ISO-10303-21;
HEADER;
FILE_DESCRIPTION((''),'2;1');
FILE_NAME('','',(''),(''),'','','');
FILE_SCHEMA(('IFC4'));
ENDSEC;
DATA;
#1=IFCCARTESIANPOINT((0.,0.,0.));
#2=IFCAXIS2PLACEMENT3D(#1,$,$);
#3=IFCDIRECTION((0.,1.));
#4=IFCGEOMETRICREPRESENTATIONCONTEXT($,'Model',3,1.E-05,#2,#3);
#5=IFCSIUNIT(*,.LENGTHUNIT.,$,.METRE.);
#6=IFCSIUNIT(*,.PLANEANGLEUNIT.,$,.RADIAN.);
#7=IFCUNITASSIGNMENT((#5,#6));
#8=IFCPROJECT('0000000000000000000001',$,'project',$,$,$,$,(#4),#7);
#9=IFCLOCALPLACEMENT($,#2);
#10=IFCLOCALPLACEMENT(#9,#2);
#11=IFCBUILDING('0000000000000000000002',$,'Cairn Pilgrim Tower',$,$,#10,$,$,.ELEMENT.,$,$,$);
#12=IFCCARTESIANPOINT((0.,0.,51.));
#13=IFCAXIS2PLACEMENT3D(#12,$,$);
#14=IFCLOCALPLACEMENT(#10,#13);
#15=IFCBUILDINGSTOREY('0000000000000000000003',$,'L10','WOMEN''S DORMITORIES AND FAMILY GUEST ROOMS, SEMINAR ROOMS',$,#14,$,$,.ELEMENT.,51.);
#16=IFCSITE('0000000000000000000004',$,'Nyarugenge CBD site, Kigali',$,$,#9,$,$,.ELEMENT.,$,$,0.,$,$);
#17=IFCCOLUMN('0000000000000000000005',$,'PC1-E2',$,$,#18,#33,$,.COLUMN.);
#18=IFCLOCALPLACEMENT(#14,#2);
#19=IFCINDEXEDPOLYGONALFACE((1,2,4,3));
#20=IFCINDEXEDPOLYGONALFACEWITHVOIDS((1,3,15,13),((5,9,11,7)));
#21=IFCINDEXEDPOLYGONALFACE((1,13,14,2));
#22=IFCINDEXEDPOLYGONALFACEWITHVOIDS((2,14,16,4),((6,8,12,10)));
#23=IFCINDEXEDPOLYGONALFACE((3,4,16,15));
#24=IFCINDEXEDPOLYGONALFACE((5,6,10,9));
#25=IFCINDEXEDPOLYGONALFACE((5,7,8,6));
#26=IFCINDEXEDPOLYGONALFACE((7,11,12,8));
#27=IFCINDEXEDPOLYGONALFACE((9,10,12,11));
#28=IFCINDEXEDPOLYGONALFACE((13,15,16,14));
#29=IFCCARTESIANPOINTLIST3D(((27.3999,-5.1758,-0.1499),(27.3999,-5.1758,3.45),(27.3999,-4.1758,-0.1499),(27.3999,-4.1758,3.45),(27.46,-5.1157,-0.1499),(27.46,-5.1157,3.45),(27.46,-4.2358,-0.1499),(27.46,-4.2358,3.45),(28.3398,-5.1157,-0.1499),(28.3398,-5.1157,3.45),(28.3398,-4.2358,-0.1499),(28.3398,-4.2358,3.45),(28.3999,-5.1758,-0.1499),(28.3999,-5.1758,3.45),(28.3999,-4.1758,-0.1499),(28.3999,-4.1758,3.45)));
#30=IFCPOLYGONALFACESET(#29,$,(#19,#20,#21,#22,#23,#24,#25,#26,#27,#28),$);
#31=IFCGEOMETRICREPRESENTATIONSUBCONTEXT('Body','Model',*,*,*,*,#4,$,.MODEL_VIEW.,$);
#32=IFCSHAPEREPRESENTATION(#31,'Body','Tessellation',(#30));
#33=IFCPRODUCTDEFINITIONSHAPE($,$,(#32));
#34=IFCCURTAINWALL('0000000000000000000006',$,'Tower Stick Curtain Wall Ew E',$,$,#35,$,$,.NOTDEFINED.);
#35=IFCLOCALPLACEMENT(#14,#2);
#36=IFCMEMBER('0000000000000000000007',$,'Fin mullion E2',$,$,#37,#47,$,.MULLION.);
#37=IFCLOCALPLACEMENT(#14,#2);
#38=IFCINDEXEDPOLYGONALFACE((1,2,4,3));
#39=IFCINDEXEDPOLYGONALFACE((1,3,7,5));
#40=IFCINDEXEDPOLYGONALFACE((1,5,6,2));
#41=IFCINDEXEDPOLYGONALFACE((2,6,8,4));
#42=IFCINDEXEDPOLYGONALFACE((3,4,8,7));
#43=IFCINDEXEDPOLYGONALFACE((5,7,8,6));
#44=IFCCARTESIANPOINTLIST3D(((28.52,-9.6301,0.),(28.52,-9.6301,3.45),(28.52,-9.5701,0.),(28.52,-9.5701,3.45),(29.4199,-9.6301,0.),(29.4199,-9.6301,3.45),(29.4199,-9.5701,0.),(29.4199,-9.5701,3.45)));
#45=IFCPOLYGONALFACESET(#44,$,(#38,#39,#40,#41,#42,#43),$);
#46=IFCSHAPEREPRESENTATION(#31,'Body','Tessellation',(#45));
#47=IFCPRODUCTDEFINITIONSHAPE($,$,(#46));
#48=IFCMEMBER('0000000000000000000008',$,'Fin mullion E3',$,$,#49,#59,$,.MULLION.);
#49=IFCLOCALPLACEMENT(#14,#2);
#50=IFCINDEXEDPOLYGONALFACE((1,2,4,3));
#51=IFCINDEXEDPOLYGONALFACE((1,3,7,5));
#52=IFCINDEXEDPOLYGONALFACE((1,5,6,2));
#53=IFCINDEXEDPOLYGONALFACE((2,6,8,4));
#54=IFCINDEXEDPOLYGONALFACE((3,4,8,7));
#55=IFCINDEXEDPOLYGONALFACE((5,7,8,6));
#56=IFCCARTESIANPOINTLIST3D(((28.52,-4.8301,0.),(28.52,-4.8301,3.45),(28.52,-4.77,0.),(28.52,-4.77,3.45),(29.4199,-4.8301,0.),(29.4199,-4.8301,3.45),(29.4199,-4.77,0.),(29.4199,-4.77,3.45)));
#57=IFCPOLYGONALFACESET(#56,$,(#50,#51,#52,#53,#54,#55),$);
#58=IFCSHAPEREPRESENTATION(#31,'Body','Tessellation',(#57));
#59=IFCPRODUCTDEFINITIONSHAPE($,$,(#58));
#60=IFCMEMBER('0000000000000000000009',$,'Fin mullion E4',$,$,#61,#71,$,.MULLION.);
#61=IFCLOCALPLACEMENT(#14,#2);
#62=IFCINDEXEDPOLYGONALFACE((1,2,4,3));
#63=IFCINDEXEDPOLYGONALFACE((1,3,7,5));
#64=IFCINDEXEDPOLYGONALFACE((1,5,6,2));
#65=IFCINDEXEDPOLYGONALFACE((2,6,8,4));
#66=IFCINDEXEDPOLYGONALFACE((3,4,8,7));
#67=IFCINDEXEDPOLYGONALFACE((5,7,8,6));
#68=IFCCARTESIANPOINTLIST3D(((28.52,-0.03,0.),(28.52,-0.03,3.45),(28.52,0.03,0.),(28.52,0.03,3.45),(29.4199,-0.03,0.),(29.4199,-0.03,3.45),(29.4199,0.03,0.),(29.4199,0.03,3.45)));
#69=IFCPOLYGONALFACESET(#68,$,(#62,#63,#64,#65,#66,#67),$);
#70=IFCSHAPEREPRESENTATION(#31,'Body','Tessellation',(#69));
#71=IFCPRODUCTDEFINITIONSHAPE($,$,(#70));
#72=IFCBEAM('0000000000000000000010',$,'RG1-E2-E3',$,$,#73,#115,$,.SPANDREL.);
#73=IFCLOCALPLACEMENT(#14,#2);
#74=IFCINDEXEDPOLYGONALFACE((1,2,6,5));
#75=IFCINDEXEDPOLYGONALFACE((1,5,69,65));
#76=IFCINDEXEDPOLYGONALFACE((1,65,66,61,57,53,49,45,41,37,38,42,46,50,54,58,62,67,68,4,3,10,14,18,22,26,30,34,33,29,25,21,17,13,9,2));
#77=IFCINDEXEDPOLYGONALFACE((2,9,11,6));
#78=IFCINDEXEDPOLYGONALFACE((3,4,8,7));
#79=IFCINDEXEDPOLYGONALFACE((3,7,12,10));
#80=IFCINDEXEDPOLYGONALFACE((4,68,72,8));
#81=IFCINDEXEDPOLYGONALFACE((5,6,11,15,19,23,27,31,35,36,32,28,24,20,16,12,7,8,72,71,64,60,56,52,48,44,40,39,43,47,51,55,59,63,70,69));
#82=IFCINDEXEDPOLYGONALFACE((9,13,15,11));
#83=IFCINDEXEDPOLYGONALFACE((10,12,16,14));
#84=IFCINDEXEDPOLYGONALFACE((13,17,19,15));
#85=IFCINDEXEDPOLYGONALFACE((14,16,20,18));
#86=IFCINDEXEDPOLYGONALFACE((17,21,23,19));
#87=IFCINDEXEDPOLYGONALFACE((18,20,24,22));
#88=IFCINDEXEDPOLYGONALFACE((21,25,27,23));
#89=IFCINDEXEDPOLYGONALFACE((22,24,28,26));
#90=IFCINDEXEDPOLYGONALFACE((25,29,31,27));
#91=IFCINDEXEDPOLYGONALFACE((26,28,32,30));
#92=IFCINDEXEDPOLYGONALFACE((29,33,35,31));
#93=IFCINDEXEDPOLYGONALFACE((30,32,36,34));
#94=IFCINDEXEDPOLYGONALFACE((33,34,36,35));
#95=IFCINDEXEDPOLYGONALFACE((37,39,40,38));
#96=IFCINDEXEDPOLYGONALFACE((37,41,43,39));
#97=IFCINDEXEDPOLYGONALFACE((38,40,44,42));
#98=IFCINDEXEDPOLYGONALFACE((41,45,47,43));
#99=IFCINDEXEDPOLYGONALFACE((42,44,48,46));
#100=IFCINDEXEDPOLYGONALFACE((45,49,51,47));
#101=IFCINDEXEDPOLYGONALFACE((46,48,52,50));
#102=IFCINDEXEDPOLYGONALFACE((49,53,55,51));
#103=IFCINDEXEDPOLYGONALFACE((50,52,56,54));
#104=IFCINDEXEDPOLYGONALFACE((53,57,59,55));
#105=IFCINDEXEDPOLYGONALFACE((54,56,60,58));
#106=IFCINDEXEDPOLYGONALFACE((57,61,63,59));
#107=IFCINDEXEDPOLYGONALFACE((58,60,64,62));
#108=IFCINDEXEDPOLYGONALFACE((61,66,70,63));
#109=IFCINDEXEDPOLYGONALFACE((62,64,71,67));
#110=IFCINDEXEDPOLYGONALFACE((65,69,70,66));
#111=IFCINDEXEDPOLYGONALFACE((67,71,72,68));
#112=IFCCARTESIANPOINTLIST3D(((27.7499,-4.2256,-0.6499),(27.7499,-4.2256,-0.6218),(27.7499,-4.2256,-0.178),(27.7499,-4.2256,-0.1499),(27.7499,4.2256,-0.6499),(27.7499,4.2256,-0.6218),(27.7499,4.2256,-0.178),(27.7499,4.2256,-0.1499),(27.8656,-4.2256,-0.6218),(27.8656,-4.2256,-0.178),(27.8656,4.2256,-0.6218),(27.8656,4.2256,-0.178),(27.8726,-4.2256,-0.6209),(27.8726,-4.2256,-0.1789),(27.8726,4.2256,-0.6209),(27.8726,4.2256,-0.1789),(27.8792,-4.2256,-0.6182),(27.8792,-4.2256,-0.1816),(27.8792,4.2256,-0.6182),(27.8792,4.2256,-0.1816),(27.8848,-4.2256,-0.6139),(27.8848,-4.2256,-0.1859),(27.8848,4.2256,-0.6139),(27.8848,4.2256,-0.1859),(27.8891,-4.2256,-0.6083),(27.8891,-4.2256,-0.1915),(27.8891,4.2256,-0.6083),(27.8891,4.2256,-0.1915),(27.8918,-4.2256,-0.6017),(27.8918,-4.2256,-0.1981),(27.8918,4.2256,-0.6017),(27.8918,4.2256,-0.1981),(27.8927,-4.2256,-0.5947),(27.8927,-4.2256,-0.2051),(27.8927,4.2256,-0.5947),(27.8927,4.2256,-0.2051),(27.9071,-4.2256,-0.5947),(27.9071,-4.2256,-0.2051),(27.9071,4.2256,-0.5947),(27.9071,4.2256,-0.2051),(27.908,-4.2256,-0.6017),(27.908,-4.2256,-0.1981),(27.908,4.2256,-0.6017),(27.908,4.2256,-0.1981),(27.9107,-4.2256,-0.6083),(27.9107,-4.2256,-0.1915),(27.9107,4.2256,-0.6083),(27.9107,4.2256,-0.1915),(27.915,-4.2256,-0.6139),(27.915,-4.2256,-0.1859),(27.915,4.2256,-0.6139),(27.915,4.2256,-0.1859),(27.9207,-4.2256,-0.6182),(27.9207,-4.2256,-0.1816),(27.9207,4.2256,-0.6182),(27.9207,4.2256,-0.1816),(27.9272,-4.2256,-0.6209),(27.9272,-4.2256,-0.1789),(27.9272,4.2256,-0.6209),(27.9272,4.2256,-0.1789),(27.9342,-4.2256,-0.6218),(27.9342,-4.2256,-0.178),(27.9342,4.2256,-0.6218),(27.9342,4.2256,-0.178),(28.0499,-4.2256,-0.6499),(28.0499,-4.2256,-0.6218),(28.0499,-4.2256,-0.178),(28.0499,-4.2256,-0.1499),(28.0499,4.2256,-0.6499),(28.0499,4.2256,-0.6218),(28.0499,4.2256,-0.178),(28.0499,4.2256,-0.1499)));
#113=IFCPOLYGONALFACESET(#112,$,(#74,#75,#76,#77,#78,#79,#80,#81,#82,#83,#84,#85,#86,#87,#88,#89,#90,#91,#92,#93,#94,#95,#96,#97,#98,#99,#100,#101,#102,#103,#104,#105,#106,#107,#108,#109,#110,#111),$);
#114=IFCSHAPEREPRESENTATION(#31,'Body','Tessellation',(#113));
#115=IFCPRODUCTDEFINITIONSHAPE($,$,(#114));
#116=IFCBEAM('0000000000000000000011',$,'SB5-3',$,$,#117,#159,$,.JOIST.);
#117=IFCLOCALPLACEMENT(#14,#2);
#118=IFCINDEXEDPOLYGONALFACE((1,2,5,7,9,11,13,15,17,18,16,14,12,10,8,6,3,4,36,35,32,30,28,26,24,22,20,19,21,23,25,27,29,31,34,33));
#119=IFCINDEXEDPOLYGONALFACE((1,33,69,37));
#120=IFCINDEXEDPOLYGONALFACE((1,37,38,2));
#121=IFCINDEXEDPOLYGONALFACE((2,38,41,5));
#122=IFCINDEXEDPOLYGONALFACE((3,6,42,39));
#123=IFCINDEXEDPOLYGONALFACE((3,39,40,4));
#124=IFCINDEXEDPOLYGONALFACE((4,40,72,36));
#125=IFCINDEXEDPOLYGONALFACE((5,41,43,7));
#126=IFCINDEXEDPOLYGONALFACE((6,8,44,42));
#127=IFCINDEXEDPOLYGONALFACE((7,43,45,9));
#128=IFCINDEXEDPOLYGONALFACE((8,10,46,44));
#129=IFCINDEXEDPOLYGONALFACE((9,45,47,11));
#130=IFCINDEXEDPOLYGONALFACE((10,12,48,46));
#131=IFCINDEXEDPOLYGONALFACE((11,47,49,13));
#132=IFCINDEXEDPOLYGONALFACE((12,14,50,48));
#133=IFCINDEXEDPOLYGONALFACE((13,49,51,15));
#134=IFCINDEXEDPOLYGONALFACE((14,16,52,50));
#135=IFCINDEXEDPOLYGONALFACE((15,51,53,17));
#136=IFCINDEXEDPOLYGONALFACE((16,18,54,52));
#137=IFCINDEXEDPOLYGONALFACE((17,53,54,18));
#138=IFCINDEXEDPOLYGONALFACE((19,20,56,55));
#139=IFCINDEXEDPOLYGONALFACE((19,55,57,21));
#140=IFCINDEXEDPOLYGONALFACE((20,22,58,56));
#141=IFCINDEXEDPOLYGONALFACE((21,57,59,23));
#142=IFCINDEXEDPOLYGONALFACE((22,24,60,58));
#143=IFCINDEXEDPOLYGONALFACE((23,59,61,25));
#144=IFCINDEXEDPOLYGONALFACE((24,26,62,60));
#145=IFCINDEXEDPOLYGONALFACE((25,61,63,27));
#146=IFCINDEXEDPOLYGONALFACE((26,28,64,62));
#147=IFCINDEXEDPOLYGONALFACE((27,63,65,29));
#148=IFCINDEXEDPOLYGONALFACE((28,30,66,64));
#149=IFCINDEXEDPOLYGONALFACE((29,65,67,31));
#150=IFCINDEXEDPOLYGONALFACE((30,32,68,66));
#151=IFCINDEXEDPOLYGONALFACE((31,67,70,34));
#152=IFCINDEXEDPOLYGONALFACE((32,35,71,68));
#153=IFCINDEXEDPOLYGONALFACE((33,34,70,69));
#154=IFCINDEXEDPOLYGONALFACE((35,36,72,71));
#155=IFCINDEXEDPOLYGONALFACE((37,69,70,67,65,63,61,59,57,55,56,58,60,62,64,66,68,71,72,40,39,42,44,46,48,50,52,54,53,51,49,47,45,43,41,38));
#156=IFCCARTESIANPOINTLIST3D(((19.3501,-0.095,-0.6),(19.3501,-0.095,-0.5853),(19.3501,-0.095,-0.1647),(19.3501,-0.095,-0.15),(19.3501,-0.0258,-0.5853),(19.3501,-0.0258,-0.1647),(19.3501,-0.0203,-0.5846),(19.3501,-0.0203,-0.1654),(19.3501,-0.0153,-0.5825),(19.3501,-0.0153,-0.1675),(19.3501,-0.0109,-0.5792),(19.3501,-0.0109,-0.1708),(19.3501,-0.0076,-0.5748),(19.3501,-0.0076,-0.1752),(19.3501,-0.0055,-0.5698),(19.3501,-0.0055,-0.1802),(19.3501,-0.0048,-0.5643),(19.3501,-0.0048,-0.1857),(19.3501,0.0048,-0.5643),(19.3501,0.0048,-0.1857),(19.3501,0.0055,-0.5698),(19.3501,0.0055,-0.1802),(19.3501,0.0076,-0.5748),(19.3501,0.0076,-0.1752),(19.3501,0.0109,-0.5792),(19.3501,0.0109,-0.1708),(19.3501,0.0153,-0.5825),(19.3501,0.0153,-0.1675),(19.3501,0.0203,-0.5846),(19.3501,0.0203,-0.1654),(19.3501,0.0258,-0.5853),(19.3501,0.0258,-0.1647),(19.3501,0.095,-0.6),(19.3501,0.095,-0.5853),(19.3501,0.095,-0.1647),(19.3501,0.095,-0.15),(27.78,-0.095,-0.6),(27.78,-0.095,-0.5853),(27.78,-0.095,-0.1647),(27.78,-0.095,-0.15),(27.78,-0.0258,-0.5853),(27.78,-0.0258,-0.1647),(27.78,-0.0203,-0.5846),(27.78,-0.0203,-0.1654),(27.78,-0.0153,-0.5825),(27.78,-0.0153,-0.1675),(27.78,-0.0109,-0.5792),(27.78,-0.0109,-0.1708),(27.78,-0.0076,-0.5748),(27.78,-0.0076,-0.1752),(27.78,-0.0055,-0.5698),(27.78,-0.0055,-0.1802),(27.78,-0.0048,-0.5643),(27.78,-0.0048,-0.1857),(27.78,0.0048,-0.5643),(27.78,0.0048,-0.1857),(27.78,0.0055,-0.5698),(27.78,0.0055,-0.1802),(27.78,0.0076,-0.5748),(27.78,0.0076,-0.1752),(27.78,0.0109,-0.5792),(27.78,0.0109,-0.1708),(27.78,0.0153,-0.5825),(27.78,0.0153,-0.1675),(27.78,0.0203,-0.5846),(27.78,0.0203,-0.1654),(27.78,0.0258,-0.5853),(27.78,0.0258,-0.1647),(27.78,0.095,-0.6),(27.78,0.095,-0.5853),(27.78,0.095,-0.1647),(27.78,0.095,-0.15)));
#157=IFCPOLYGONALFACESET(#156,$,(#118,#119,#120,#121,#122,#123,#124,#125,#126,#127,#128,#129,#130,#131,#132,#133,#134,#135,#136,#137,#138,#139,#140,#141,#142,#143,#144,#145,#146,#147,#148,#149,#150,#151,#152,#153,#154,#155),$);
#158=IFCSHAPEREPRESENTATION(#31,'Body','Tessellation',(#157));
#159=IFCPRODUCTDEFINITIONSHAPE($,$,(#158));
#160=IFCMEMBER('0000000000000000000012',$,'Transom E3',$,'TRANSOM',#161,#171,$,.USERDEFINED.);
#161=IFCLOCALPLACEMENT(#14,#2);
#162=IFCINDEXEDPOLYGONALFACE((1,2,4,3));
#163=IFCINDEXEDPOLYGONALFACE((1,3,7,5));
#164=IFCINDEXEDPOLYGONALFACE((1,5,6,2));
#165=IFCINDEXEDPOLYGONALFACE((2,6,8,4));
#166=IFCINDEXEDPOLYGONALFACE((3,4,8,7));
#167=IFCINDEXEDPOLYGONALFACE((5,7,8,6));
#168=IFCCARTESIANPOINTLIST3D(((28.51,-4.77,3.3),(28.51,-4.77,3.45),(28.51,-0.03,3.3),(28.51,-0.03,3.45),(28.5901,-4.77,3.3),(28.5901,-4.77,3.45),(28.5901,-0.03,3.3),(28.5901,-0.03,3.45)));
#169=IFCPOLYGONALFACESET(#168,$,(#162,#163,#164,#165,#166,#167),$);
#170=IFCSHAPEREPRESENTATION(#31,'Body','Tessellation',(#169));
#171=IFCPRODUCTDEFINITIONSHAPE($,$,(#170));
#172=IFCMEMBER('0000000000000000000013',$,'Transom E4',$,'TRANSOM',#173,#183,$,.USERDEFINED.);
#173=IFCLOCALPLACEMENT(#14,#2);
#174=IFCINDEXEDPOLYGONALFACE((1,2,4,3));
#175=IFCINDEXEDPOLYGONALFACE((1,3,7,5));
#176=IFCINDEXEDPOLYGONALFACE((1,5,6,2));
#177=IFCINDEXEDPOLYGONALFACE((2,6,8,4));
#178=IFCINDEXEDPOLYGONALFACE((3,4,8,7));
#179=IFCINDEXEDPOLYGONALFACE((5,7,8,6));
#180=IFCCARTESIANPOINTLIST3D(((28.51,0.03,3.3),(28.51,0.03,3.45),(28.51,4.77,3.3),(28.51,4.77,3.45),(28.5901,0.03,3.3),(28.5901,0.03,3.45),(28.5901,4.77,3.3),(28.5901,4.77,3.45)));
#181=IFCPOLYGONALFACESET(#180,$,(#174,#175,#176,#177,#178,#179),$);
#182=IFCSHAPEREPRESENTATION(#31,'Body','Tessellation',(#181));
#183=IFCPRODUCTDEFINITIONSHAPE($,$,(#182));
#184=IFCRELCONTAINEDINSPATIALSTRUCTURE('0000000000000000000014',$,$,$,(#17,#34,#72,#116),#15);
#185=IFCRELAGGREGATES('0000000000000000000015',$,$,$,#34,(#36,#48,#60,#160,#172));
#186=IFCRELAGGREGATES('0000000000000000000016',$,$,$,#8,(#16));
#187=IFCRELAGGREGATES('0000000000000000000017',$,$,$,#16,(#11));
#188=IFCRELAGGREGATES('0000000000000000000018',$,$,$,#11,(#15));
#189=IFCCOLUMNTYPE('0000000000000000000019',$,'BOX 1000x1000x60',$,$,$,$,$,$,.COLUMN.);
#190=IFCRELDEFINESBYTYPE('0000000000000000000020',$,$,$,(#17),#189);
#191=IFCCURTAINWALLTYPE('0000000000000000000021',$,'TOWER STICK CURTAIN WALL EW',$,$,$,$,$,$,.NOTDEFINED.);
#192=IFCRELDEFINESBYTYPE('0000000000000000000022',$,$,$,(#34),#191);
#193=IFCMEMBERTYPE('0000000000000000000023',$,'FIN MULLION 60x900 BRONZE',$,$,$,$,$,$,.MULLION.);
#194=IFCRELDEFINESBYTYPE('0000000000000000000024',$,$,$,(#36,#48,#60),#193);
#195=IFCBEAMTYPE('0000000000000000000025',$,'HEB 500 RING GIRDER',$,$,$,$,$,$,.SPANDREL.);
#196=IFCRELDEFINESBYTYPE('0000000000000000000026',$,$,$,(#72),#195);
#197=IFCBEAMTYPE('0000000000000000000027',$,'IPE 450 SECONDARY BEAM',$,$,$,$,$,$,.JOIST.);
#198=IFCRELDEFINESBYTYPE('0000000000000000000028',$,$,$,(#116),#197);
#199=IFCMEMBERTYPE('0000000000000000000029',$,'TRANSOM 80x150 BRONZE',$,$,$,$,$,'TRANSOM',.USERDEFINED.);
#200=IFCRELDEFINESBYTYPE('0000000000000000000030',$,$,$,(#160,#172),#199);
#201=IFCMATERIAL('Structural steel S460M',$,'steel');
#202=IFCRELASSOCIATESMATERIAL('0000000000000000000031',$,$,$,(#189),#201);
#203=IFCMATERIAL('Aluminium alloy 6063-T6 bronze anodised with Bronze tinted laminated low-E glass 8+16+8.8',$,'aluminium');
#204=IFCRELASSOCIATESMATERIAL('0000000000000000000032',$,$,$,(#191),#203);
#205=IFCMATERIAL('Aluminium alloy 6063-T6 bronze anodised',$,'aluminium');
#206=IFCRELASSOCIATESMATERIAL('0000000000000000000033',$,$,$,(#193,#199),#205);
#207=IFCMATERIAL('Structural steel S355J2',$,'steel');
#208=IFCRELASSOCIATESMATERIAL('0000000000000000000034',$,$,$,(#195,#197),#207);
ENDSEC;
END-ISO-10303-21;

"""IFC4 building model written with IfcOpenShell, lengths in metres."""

from ifc_helpers import new_model, si_unit, direction, frame, origin, origin_2d, place, context, subcontext, project, spatial, rectangle, hollow_rectangle, i_section, extrude, material, material_profile, profile_set, type_object, element, aggregate, save


model = new_model("IFC4")

# Units and contexts
model_context = context("Model", 3, precision=1e-05, world=origin(), true_north=direction((0.0, 1.0)))
body_context = subcontext(model_context, "Body", "Model", "MODEL_VIEW")
ifc_project = project(units=[si_unit("LENGTHUNIT", "METRE"), si_unit("PLANEANGLEUNIT", "RADIAN")], contexts=[model_context])

# Site, building, storey
site_placement = place(None, origin())
site = spatial("IfcSite", under=ifc_project, at=site_placement, Name="Nyarugenge CBD site, Kigali", CompositionType="ELEMENT", RefElevation=0.0)
building_placement = place(site_placement, origin())
building = spatial("IfcBuilding", under=site, at=building_placement, Name="Cairn Pilgrim Tower", CompositionType="ELEMENT")
storey_placement = place(building_placement, frame((0.0, 0.0, 51.0)))
storey = spatial("IfcBuildingStorey", under=building, at=storey_placement, Name="L10", Description="WOMEN'S DORMITORIES AND FAMILY GUEST ROOMS, SEMINAR ROOMS", CompositionType="ELEMENT", Elevation=51.0)

# Column
ifc_material_1 = material(Name="Structural steel S460M", Category="steel")
ifc_material_profile_1 = material_profile(ifc_material_1, hollow_rectangle(XDim=1.0, YDim=1.0, WallThickness=0.0601, at=origin_2d()), Name="BOX 1000x1000x60")
ifc_profile_set_1 = profile_set([ifc_material_profile_1], Name="Structural steel S460M")
column_type = type_object("IfcColumnType", Name="BOX 1000x1000x60", PredefinedType="COLUMN", material=ifc_profile_set_1)
column_placement = place(storey_placement, frame((27.8999, -4.6758, -0.1499), z_axis=(0.0, 0.0, 1.0), x_axis=(1.0, 0.0, 0.0)))
element("IfcColumn", 1, at=column_placement, inside=storey, type_object=column_type, Name="PC1-E2", PredefinedType="COLUMN", context=body_context, shape_type="SweptSolid", body=[
    extrude(hollow_rectangle(XDim=1.0, YDim=1.0, WallThickness=0.0601, at=origin_2d()), origin(), (0.0, 0.0, 1.0), 3.5999),
])

# Curtain wall, members
ifc_material_2 = material(Name="Aluminium alloy 6063-T6 bronze anodised with Bronze tinted laminated low-E glass 8+16+8.8", Category="aluminium")
curtain_wall_type = type_object("IfcCurtainWallType", Name="TOWER STICK CURTAIN WALL EW", PredefinedType="NOTDEFINED", material=ifc_material_2)
curtain_wall_placement = place(storey_placement, origin())
curtain_wall = element("IfcCurtainWall", 2, at=curtain_wall_placement, inside=storey, type_object=curtain_wall_type, Name="Tower Stick Curtain Wall Ew E", PredefinedType="NOTDEFINED")
ifc_material_3 = material(Name="Aluminium alloy 6063-T6 bronze anodised", Category="aluminium")
ifc_material_profile_2 = material_profile(ifc_material_3, rectangle(XDim=0.8999, YDim=0.0601, at=origin_2d()), Name="FIN MULLION 60x900 BRONZE")
ifc_profile_set_2 = profile_set([ifc_material_profile_2], Name="Aluminium alloy 6063-T6 bronze anodised")
member_type_1 = type_object("IfcMemberType", Name="FIN MULLION 60x900 BRONZE", PredefinedType="MULLION", material=ifc_profile_set_2)
member_1_placement = place(storey_placement, frame((28.97, -9.6001, 0.0), z_axis=(0.0, 0.0, 1.0), x_axis=(1.0, 0.0, 0.0)))
member_1 = element("IfcMember", 3, at=member_1_placement, type_object=member_type_1, Name="Fin mullion E2", PredefinedType="MULLION", context=body_context, shape_type="SweptSolid", body=[
    extrude(rectangle(XDim=0.8999, YDim=0.0601, at=origin_2d()), origin(), (0.0, 0.0, 1.0), 3.45),
])
member_2_placement = place(storey_placement, frame((28.97, -4.8, 0.0), z_axis=(0.0, 0.0, 1.0), x_axis=(1.0, 0.0, 0.0)))
member_2 = element("IfcMember", 4, at=member_2_placement, type_object=member_type_1, Name="Fin mullion E3", PredefinedType="MULLION", context=body_context, shape_type="SweptSolid", body=[
    extrude(rectangle(XDim=0.8999, YDim=0.0601, at=origin_2d()), origin(), (0.0, 0.0, 1.0), 3.45),
])
member_3_placement = place(storey_placement, frame((28.97, 0.0, 0.0), z_axis=(0.0, 0.0, 1.0), x_axis=(1.0, 0.0, 0.0)))
member_3 = element("IfcMember", 5, at=member_3_placement, type_object=member_type_1, Name="Fin mullion E4", PredefinedType="MULLION", context=body_context, shape_type="SweptSolid", body=[
    extrude(rectangle(XDim=0.8999, YDim=0.0601, at=origin_2d()), origin(), (0.0, 0.0, 1.0), 3.45),
])

# Beams
ifc_material_4 = material(Name="Structural steel S355J2", Category="steel")
ifc_material_profile_3 = material_profile(ifc_material_4, i_section(OverallWidth=0.3, OverallDepth=0.5, WebThickness=0.0144, FlangeThickness=0.0281, FilletRadius=0.0271, at=origin_2d()), Name="HEB 500")
ifc_profile_set_3 = profile_set([ifc_material_profile_3], Name="Structural steel S355J2")
beam_type_1 = type_object("IfcBeamType", Name="HEB 500 RING GIRDER", PredefinedType="SPANDREL", material=ifc_profile_set_3)
beam_1_placement = place(storey_placement, frame((27.8999, -4.2256, -0.3999), z_axis=(0.0, 1.0, 0.0), x_axis=(-1.0, 0.0, 0.0)))
element("IfcBeam", 6, at=beam_1_placement, inside=storey, type_object=beam_type_1, Name="RG1-E2-E3", PredefinedType="SPANDREL", context=body_context, shape_type="SweptSolid", body=[
    extrude(i_section(OverallWidth=0.3, OverallDepth=0.5, WebThickness=0.0144, FlangeThickness=0.0281, FilletRadius=0.0271, at=origin_2d()), origin(), (0.0, 0.0, 1.0), 8.4512),
])
ifc_material_profile_4 = material_profile(ifc_material_4, i_section(OverallWidth=0.1899, OverallDepth=0.45, WebThickness=0.0095, FlangeThickness=0.0146, FilletRadius=0.021, at=origin_2d()), Name="IPE 450")
ifc_profile_set_4 = profile_set([ifc_material_profile_4], Name="Structural steel S355J2")
beam_type_2 = type_object("IfcBeamType", Name="IPE 450 SECONDARY BEAM", PredefinedType="JOIST", material=ifc_profile_set_4)
beam_2_placement = place(storey_placement, frame((19.3501, 0.0, -0.375), z_axis=(1.0, 0.0, 0.0), x_axis=(0.0, 1.0, 0.0)))
element("IfcBeam", 7, at=beam_2_placement, inside=storey, type_object=beam_type_2, Name="SB5-3", PredefinedType="JOIST", context=body_context, shape_type="SweptSolid", body=[
    extrude(i_section(OverallWidth=0.1899, OverallDepth=0.45, WebThickness=0.0095, FlangeThickness=0.0146, FilletRadius=0.021, at=origin_2d()), origin(), (0.0, 0.0, 1.0), 8.4299),
])

# Members
ifc_material_profile_5 = material_profile(ifc_material_3, rectangle(XDim=0.0801, YDim=0.1499, at=origin_2d()), Name="TRANSOM 80x150 BRONZE")
ifc_profile_set_5 = profile_set([ifc_material_profile_5], Name="Aluminium alloy 6063-T6 bronze anodised")
member_type_2 = type_object("IfcMemberType", Name="TRANSOM 80x150 BRONZE", ElementType="TRANSOM", PredefinedType="USERDEFINED", material=ifc_profile_set_5)
member_4_placement = place(storey_placement, frame((28.55, -4.77, 3.375), z_axis=(0.0, 1.0, 0.0), x_axis=(-1.0, 0.0, 0.0)))
member_4 = element("IfcMember", 8, at=member_4_placement, type_object=member_type_2, Name="Transom E3", ObjectType="TRANSOM", PredefinedType="USERDEFINED", context=body_context, shape_type="SweptSolid", body=[
    extrude(rectangle(XDim=0.0801, YDim=0.1499, at=origin_2d()), origin(), (0.0, 0.0, 1.0), 4.74),
])
member_5_placement = place(storey_placement, frame((28.55, 0.03, 3.375), z_axis=(0.0, 1.0, 0.0), x_axis=(-1.0, 0.0, 0.0)))
member_5 = element("IfcMember", 9, at=member_5_placement, type_object=member_type_2, Name="Transom E4", ObjectType="TRANSOM", PredefinedType="USERDEFINED", context=body_context, shape_type="SweptSolid", body=[
    extrude(rectangle(XDim=0.0801, YDim=0.1499, at=origin_2d()), origin(), (0.0, 0.0, 1.0), 4.74),
])

aggregate(curtain_wall, [member_1, member_2, member_3, member_4, member_5])

save(model, "model.ifc")
